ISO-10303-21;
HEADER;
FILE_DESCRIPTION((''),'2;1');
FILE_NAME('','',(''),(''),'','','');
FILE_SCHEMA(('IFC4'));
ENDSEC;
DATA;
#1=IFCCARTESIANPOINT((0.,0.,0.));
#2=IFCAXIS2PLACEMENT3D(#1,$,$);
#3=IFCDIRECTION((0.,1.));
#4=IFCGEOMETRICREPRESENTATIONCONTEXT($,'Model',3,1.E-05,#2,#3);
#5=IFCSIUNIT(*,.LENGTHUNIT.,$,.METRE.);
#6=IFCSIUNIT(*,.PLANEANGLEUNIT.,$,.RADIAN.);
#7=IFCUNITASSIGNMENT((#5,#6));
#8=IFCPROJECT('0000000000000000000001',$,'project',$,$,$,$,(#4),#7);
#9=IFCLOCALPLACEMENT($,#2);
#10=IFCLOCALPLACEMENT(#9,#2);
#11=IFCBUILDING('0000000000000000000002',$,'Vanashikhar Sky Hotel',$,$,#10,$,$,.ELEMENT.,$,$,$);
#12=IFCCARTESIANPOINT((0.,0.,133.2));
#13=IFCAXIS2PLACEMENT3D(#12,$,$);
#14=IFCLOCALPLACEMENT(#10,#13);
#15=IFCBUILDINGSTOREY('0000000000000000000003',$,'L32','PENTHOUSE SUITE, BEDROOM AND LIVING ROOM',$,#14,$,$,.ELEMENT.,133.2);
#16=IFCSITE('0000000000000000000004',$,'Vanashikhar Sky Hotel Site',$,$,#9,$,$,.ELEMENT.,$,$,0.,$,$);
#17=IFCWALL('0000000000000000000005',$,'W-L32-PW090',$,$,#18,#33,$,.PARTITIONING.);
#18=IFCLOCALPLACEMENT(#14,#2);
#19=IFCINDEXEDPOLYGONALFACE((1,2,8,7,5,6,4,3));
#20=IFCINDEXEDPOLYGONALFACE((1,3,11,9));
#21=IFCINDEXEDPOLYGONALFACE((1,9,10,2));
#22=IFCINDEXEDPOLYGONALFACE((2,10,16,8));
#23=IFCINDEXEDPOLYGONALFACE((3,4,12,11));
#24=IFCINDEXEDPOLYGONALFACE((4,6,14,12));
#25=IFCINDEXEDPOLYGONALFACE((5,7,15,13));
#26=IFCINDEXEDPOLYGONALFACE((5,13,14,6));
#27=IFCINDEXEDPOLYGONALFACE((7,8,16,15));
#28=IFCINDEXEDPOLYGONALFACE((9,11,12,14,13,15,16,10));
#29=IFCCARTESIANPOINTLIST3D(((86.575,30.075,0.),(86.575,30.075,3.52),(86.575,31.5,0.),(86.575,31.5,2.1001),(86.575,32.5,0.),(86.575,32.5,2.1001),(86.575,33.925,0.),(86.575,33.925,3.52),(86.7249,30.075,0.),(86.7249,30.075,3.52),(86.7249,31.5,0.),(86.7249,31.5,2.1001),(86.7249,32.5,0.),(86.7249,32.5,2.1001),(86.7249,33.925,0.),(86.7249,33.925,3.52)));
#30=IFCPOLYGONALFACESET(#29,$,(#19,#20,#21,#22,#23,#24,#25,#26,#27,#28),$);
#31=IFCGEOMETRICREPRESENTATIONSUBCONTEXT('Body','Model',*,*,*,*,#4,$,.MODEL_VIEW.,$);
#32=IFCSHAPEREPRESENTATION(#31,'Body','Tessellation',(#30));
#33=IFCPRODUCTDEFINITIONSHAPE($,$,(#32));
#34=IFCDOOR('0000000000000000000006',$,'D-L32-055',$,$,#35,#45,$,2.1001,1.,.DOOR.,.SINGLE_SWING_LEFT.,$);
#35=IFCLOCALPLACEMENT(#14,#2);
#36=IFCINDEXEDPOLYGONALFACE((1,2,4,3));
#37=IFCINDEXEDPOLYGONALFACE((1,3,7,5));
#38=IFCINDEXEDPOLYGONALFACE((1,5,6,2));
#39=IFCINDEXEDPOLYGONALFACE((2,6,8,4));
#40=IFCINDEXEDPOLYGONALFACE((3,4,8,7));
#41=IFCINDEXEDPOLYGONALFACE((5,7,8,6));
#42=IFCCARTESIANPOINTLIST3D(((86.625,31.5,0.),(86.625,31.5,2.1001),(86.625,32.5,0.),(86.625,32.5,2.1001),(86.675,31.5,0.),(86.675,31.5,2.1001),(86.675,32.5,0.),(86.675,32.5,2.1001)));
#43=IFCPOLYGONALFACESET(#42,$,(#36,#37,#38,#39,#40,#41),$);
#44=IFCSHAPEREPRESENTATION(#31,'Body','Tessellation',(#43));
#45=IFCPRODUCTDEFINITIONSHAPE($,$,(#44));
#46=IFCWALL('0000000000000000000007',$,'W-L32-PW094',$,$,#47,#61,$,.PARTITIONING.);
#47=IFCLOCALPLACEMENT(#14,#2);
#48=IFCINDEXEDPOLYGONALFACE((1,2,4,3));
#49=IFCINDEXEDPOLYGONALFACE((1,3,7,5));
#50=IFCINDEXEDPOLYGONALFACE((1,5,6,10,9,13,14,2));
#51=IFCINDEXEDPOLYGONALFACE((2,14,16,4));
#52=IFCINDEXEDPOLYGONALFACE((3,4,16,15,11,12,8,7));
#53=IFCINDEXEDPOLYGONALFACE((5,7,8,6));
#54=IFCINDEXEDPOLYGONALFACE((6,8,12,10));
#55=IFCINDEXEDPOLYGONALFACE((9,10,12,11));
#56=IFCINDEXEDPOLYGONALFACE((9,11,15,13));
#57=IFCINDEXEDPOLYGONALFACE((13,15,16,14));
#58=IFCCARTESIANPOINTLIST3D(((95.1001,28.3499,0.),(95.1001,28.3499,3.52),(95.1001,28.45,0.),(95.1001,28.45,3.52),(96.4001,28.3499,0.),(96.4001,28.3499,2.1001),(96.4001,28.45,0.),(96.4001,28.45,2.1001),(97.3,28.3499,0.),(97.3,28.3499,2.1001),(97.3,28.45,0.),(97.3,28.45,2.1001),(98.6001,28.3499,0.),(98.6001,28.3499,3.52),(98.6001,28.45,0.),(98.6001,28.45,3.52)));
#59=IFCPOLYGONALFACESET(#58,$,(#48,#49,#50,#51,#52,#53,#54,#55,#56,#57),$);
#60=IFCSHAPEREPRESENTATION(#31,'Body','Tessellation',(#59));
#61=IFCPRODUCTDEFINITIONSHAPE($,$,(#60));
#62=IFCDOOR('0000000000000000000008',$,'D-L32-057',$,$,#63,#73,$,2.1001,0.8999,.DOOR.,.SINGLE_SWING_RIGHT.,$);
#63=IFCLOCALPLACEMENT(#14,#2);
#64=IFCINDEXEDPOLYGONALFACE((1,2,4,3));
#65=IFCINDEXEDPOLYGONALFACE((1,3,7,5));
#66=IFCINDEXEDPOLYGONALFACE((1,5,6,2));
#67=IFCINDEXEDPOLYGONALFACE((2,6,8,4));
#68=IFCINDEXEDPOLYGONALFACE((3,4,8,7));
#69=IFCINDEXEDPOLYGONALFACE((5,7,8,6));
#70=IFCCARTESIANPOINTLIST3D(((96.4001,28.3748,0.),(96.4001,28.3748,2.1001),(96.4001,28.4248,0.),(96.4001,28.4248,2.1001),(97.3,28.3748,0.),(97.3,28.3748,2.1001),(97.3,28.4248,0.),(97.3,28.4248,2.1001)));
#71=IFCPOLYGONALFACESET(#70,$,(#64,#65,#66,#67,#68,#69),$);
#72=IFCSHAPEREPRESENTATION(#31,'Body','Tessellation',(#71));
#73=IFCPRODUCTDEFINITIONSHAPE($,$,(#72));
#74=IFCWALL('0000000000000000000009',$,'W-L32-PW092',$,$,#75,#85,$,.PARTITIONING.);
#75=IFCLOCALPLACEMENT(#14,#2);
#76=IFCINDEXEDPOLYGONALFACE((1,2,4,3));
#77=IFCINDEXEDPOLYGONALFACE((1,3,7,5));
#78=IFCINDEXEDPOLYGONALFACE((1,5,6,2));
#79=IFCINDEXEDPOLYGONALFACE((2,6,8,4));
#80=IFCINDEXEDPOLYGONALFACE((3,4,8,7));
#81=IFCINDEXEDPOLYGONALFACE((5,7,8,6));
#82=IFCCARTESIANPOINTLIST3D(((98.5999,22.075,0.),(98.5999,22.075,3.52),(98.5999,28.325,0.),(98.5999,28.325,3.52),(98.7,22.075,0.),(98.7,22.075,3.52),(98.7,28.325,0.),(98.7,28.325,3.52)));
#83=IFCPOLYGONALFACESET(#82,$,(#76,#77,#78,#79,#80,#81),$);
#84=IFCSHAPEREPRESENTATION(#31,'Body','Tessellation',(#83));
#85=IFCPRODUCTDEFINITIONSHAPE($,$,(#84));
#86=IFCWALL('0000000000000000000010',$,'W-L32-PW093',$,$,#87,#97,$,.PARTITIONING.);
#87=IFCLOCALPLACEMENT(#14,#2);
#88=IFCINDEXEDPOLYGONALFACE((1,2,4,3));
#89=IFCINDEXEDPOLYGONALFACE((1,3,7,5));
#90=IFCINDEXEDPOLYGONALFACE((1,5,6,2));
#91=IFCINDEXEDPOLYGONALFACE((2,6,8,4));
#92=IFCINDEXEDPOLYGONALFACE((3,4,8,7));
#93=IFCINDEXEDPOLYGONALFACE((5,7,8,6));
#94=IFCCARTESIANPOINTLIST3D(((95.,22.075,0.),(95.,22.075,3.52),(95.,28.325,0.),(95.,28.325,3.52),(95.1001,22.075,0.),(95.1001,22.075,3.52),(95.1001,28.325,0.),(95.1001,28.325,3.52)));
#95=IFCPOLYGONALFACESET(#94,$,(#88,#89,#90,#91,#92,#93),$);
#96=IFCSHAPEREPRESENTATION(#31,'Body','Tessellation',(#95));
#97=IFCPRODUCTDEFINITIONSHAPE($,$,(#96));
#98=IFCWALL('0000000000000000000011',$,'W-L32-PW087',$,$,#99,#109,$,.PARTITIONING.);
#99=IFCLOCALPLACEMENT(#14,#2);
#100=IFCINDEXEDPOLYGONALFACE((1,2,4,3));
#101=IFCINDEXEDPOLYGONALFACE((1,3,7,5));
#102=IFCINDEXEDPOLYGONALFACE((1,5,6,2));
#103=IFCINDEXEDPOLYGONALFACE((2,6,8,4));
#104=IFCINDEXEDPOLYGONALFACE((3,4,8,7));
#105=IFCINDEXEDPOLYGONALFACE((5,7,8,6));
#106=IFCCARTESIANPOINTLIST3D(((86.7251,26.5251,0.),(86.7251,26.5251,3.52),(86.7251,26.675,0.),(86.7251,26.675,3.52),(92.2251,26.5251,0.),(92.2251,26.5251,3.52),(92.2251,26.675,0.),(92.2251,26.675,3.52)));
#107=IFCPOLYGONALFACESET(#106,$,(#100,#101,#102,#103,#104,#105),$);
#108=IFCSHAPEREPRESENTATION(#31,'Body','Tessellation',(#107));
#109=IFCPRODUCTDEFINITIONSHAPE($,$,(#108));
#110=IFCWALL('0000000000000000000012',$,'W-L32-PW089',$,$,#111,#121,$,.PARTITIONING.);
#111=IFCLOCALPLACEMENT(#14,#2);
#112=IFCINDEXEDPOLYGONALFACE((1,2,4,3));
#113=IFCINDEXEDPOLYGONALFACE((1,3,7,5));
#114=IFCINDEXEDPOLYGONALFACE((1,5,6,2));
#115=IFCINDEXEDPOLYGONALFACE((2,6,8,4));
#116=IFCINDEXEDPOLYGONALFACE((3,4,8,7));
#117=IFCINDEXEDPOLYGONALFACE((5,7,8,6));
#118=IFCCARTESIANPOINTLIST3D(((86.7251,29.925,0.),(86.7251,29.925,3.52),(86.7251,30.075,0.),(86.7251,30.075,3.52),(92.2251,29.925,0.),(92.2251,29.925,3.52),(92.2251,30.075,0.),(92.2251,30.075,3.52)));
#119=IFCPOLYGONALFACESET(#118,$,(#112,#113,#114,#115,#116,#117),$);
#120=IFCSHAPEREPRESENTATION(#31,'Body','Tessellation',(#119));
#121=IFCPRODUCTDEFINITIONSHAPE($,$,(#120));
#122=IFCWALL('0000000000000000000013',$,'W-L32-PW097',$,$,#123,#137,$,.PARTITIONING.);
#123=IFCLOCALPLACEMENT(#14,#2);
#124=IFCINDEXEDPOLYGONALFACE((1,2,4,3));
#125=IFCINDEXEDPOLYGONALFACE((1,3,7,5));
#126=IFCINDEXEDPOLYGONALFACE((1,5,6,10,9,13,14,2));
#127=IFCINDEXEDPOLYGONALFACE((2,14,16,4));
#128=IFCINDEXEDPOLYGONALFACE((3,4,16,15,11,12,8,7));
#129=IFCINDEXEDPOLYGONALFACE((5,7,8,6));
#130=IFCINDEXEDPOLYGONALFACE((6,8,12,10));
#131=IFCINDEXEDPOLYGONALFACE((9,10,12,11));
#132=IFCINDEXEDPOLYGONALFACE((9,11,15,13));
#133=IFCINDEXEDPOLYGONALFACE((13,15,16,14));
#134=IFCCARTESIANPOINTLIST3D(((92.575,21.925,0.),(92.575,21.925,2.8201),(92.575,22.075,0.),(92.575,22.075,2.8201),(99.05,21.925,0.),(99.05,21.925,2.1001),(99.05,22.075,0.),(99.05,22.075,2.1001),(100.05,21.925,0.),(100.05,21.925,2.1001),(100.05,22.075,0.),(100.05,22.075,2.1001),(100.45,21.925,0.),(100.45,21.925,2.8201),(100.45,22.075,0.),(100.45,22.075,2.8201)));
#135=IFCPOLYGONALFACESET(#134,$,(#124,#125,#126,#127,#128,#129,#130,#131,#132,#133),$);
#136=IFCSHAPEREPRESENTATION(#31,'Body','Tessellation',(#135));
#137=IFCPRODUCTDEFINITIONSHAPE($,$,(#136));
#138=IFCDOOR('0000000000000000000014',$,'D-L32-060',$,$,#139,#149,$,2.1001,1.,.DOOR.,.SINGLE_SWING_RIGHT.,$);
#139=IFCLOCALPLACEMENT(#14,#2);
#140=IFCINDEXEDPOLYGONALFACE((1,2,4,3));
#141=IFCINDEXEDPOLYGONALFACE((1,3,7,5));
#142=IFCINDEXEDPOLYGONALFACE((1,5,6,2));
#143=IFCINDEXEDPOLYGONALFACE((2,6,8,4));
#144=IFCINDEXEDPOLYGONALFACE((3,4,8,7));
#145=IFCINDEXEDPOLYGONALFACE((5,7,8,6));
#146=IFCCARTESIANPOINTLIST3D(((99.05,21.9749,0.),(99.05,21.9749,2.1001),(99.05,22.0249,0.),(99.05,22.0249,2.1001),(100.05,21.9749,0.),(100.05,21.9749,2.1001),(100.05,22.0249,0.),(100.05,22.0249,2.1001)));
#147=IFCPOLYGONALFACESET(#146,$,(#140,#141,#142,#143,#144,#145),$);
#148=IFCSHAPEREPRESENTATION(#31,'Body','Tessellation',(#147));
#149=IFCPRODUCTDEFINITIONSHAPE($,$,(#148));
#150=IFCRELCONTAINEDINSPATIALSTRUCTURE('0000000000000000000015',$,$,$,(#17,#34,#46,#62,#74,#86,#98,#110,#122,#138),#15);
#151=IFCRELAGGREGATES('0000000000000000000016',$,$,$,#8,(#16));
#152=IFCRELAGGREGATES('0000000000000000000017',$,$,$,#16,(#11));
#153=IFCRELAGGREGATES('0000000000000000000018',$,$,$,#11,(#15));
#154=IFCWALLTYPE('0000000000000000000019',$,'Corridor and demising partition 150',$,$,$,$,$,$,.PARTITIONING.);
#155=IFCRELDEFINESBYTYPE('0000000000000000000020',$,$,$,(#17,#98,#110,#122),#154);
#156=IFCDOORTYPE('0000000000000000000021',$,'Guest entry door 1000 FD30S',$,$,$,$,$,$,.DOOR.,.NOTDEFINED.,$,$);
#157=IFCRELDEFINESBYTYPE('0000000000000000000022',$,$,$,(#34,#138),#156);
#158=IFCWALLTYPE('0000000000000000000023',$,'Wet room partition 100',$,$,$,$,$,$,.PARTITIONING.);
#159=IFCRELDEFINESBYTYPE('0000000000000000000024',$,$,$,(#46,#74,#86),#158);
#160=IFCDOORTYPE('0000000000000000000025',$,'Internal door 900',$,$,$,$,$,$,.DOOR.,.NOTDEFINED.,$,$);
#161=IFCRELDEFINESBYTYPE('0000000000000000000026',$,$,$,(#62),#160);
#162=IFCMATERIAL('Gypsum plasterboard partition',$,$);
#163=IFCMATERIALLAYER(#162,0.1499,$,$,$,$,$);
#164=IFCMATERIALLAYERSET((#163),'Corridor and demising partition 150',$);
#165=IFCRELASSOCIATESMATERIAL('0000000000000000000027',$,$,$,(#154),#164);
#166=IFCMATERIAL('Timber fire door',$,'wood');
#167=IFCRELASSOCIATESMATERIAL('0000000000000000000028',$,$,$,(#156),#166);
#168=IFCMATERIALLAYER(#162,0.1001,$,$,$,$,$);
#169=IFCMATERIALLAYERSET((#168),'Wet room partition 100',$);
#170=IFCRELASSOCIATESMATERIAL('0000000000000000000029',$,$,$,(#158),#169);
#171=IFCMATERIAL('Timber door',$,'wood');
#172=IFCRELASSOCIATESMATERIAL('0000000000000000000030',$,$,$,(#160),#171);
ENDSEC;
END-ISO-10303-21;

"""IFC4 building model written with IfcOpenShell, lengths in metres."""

from ifc_helpers import new_model, si_unit, direction, frame, frame_2d, origin, place, context, subcontext, project, spatial, rectangle, extrude, source, transform, mapped, material, layer, layer_set, type_object, element, fill, save


model = new_model("IFC4")

# Units and contexts
model_context = context("Model", 3, precision=1e-05, world=origin(), true_north=direction((0.0, 1.0)))
body_context = subcontext(model_context, "Body", "Model", "MODEL_VIEW")
ifc_project = project(units=[si_unit("LENGTHUNIT", "METRE"), si_unit("PLANEANGLEUNIT", "RADIAN")], contexts=[model_context])

# Site, building, storey
site_placement = place(None, origin())
site = spatial("IfcSite", under=ifc_project, at=site_placement, Name="Vanashikhar Sky Hotel Site", CompositionType="ELEMENT", RefElevation=0.0)
building_placement = place(site_placement, origin())
building = spatial("IfcBuilding", under=site, at=building_placement, Name="Vanashikhar Sky Hotel", CompositionType="ELEMENT")
storey_placement = place(building_placement, frame((0.0, 0.0, 133.2)))
storey = spatial("IfcBuildingStorey", under=building, at=storey_placement, Name="L32", Description="PENTHOUSE SUITE, BEDROOM AND LIVING ROOM", CompositionType="ELEMENT", Elevation=133.2)

# Walls, openings, doors
ifc_material_1 = material(Name="Gypsum plasterboard partition")
ifc_layer_1 = layer(ifc_material_1, 0.1499)
ifc_layer_set_1 = layer_set([ifc_layer_1], Name="Corridor and demising partition 150")
wall_type_1 = type_object("IfcWallType", Name="Corridor and demising partition 150", PredefinedType="PARTITIONING", material=ifc_layer_set_1)
shared_shape_1 = source(origin(), body_context, "Body", "SweptSolid", [
    extrude(rectangle(XDim=1.0, YDim=2.1001, at=frame_2d((0.5, 1.05))), frame((0.0, 0.085, 0.0), z_axis=(0.0, -1.0, 0.0), x_axis=(1.0, 0.0, 0.0)), (0.0, 0.0, 1.0), 0.1699),
])
ifc_material_2 = material(Name="Timber fire door", Category="wood")
door_type_1 = type_object("IfcDoorType", Name="Guest entry door 1000 FD30S", OperationType="NOTDEFINED", PredefinedType="DOOR", material=ifc_material_2)
shared_shape_2 = source(origin(), body_context, "Body", "SweptSolid", [
    extrude(rectangle(XDim=1.0, YDim=2.1001, at=frame_2d((0.5, 1.05))), frame((0.0, 0.0249, 0.0), z_axis=(0.0, -1.0, 0.0), x_axis=(1.0, 0.0, 0.0)), (0.0, 0.0, 1.0), 0.05),
])
shared_shape_3 = source(origin(), body_context, "Body", "SweptSolid", [
    extrude(rectangle(XDim=3.8501, YDim=0.1499, at=frame_2d((1.925, 0.0))), origin(), (0.0, 0.0, 1.0), 3.52),
])
wall_1_placement = place(storey_placement, frame((86.6499, 30.075, 0.0), z_axis=(0.0, 0.0, 1.0), x_axis=(0.0, 1.0, 0.0)))
wall_1 = element("IfcWall", 1, at=wall_1_placement, inside=storey, type_object=wall_type_1, Name="W-L32-PW090", PredefinedType="PARTITIONING", context=body_context, shape_type="MappedRepresentation", body=[
    mapped(shared_shape_3, transform((0.0, 0.0, 0.0), scale=1.0)),
])
opening_1_placement = place(wall_1_placement, frame((1.425, 0.0, 0.0)))
opening_1 = element("IfcOpeningElement", 2, at=opening_1_placement, cuts=wall_1, PredefinedType="OPENING", context=body_context, shape_type="MappedRepresentation", body=[
    mapped(shared_shape_1, transform((0.0, 0.0, 0.0), scale=1.0)),
])
door_1_placement = place(opening_1_placement, origin())
door_1 = element("IfcDoor", 3, at=door_1_placement, inside=storey, type_object=door_type_1, Name="D-L32-055", OperationType="SINGLE_SWING_LEFT", OverallHeight=2.1001, OverallWidth=1.0, PredefinedType="DOOR", context=body_context, shape_type="MappedRepresentation", body=[
    mapped(shared_shape_2, transform((0.0, 0.0, 0.0), scale=1.0)),
])
fill(opening_1, door_1)
ifc_layer_2 = layer(ifc_material_1, 0.1001)
ifc_layer_set_2 = layer_set([ifc_layer_2], Name="Wet room partition 100")
wall_type_2 = type_object("IfcWallType", Name="Wet room partition 100", PredefinedType="PARTITIONING", material=ifc_layer_set_2)
shared_shape_4 = source(origin(), body_context, "Body", "SweptSolid", [
    extrude(rectangle(XDim=3.5, YDim=0.1001, at=frame_2d((1.75, 0.0))), origin(), (0.0, 0.0, 1.0), 3.52),
])
wall_2_placement = place(storey_placement, frame((95.1001, 28.3999, 0.0), z_axis=(0.0, 0.0, 1.0), x_axis=(1.0, 0.0, 0.0)))
wall_2 = element("IfcWall", 4, at=wall_2_placement, inside=storey, type_object=wall_type_2, Name="W-L32-PW094", PredefinedType="PARTITIONING", context=body_context, shape_type="MappedRepresentation", body=[
    mapped(shared_shape_4, transform((0.0, 0.0, 0.0), scale=1.0)),
])
shared_shape_5 = source(origin(), body_context, "Body", "SweptSolid", [
    extrude(rectangle(XDim=0.8999, YDim=2.1001, at=frame_2d((0.45, 1.05))), frame((0.0, 0.0601, 0.0), z_axis=(0.0, -1.0, 0.0), x_axis=(1.0, 0.0, 0.0)), (0.0, 0.0, 1.0), 0.1201),
])
opening_2_placement = place(wall_2_placement, frame((1.3, 0.0, 0.0)))
opening_2 = element("IfcOpeningElement", 5, at=opening_2_placement, cuts=wall_2, PredefinedType="OPENING", context=body_context, shape_type="MappedRepresentation", body=[
    mapped(shared_shape_5, transform((0.0, 0.0, 0.0), scale=1.0)),
])
ifc_material_3 = material(Name="Timber door", Category="wood")
door_type_2 = type_object("IfcDoorType", Name="Internal door 900", OperationType="NOTDEFINED", PredefinedType="DOOR", material=ifc_material_3)
shared_shape_6 = source(origin(), body_context, "Body", "SweptSolid", [
    extrude(rectangle(XDim=0.8999, YDim=2.1001, at=frame_2d((0.45, 1.05))), frame((0.0, 0.0249, 0.0), z_axis=(0.0, -1.0, 0.0), x_axis=(1.0, 0.0, 0.0)), (0.0, 0.0, 1.0), 0.05),
])
door_2_placement = place(opening_2_placement, origin())
door_2 = element("IfcDoor", 6, at=door_2_placement, inside=storey, type_object=door_type_2, Name="D-L32-057", OperationType="SINGLE_SWING_RIGHT", OverallHeight=2.1001, OverallWidth=0.8999, PredefinedType="DOOR", context=body_context, shape_type="MappedRepresentation", body=[
    mapped(shared_shape_6, transform((0.0, 0.0, 0.0), scale=1.0)),
])
fill(opening_2, door_2)

# Walls
shared_shape_7 = source(origin(), body_context, "Body", "SweptSolid", [
    extrude(rectangle(XDim=6.25, YDim=0.1001, at=frame_2d((3.125, 0.0))), origin(), (0.0, 0.0, 1.0), 3.52),
])
for number, where, z_axis, x_axis, name in (
    (7, (98.6499, 22.075, 0.0), (0.0, 0.0, 1.0), (0.0, 1.0, 0.0), "W-L32-PW092"),
    (8, (95.05, 22.075, 0.0), (0.0, 0.0, 1.0), (0.0, 1.0, 0.0), "W-L32-PW093"),
):
    element("IfcWall", number, at=place(storey_placement, frame(where, z_axis=z_axis, x_axis=x_axis)), inside=storey, type_object=wall_type_2, Name=name, PredefinedType="PARTITIONING", context=body_context, shape_type="MappedRepresentation", body=[
        mapped(shared_shape_7, transform((0.0, 0.0, 0.0), scale=1.0)),
    ])
shared_shape_8 = source(origin(), body_context, "Body", "SweptSolid", [
    extrude(rectangle(XDim=5.5, YDim=0.1499, at=frame_2d((2.75, 0.0))), origin(), (0.0, 0.0, 1.0), 3.52),
])
for number, where, z_axis, x_axis, name in (
    (9, (86.7251, 26.6001, 0.0), (0.0, 0.0, 1.0), (1.0, 0.0, 0.0), "W-L32-PW087"),
    (10, (86.7251, 30.0, 0.0), (0.0, 0.0, 1.0), (1.0, 0.0, 0.0), "W-L32-PW089"),
):
    element("IfcWall", number, at=place(storey_placement, frame(where, z_axis=z_axis, x_axis=x_axis)), inside=storey, type_object=wall_type_1, Name=name, PredefinedType="PARTITIONING", context=body_context, shape_type="MappedRepresentation", body=[
        mapped(shared_shape_8, transform((0.0, 0.0, 0.0), scale=1.0)),
    ])

# Wall, opening, door
shared_shape_9 = source(origin(), body_context, "Body", "SweptSolid", [
    extrude(rectangle(XDim=7.875, YDim=0.1499, at=frame_2d((3.9375, 0.0))), origin(), (0.0, 0.0, 1.0), 2.8201),
])
wall_3_placement = place(storey_placement, frame((92.575, 22.0, 0.0), z_axis=(0.0, 0.0, 1.0), x_axis=(1.0, 0.0, 0.0)))
wall_3 = element("IfcWall", 11, at=wall_3_placement, inside=storey, type_object=wall_type_1, Name="W-L32-PW097", PredefinedType="PARTITIONING", context=body_context, shape_type="MappedRepresentation", body=[
    mapped(shared_shape_9, transform((0.0, 0.0, 0.0), scale=1.0)),
])
opening_3_placement = place(wall_3_placement, frame((6.4751, 0.0, 0.0)))
opening_3 = element("IfcOpeningElement", 12, at=opening_3_placement, cuts=wall_3, PredefinedType="OPENING", context=body_context, shape_type="MappedRepresentation", body=[
    mapped(shared_shape_1, transform((0.0, 0.0, 0.0), scale=1.0)),
])
door_3_placement = place(opening_3_placement, origin())
door_3 = element("IfcDoor", 13, at=door_3_placement, inside=storey, type_object=door_type_1, Name="D-L32-060", OperationType="SINGLE_SWING_RIGHT", OverallHeight=2.1001, OverallWidth=1.0, PredefinedType="DOOR", context=body_context, shape_type="MappedRepresentation", body=[
    mapped(shared_shape_2, transform((0.0, 0.0, 0.0), scale=1.0)),
])
fill(opening_3, door_3)

save(model, "model.ifc")
